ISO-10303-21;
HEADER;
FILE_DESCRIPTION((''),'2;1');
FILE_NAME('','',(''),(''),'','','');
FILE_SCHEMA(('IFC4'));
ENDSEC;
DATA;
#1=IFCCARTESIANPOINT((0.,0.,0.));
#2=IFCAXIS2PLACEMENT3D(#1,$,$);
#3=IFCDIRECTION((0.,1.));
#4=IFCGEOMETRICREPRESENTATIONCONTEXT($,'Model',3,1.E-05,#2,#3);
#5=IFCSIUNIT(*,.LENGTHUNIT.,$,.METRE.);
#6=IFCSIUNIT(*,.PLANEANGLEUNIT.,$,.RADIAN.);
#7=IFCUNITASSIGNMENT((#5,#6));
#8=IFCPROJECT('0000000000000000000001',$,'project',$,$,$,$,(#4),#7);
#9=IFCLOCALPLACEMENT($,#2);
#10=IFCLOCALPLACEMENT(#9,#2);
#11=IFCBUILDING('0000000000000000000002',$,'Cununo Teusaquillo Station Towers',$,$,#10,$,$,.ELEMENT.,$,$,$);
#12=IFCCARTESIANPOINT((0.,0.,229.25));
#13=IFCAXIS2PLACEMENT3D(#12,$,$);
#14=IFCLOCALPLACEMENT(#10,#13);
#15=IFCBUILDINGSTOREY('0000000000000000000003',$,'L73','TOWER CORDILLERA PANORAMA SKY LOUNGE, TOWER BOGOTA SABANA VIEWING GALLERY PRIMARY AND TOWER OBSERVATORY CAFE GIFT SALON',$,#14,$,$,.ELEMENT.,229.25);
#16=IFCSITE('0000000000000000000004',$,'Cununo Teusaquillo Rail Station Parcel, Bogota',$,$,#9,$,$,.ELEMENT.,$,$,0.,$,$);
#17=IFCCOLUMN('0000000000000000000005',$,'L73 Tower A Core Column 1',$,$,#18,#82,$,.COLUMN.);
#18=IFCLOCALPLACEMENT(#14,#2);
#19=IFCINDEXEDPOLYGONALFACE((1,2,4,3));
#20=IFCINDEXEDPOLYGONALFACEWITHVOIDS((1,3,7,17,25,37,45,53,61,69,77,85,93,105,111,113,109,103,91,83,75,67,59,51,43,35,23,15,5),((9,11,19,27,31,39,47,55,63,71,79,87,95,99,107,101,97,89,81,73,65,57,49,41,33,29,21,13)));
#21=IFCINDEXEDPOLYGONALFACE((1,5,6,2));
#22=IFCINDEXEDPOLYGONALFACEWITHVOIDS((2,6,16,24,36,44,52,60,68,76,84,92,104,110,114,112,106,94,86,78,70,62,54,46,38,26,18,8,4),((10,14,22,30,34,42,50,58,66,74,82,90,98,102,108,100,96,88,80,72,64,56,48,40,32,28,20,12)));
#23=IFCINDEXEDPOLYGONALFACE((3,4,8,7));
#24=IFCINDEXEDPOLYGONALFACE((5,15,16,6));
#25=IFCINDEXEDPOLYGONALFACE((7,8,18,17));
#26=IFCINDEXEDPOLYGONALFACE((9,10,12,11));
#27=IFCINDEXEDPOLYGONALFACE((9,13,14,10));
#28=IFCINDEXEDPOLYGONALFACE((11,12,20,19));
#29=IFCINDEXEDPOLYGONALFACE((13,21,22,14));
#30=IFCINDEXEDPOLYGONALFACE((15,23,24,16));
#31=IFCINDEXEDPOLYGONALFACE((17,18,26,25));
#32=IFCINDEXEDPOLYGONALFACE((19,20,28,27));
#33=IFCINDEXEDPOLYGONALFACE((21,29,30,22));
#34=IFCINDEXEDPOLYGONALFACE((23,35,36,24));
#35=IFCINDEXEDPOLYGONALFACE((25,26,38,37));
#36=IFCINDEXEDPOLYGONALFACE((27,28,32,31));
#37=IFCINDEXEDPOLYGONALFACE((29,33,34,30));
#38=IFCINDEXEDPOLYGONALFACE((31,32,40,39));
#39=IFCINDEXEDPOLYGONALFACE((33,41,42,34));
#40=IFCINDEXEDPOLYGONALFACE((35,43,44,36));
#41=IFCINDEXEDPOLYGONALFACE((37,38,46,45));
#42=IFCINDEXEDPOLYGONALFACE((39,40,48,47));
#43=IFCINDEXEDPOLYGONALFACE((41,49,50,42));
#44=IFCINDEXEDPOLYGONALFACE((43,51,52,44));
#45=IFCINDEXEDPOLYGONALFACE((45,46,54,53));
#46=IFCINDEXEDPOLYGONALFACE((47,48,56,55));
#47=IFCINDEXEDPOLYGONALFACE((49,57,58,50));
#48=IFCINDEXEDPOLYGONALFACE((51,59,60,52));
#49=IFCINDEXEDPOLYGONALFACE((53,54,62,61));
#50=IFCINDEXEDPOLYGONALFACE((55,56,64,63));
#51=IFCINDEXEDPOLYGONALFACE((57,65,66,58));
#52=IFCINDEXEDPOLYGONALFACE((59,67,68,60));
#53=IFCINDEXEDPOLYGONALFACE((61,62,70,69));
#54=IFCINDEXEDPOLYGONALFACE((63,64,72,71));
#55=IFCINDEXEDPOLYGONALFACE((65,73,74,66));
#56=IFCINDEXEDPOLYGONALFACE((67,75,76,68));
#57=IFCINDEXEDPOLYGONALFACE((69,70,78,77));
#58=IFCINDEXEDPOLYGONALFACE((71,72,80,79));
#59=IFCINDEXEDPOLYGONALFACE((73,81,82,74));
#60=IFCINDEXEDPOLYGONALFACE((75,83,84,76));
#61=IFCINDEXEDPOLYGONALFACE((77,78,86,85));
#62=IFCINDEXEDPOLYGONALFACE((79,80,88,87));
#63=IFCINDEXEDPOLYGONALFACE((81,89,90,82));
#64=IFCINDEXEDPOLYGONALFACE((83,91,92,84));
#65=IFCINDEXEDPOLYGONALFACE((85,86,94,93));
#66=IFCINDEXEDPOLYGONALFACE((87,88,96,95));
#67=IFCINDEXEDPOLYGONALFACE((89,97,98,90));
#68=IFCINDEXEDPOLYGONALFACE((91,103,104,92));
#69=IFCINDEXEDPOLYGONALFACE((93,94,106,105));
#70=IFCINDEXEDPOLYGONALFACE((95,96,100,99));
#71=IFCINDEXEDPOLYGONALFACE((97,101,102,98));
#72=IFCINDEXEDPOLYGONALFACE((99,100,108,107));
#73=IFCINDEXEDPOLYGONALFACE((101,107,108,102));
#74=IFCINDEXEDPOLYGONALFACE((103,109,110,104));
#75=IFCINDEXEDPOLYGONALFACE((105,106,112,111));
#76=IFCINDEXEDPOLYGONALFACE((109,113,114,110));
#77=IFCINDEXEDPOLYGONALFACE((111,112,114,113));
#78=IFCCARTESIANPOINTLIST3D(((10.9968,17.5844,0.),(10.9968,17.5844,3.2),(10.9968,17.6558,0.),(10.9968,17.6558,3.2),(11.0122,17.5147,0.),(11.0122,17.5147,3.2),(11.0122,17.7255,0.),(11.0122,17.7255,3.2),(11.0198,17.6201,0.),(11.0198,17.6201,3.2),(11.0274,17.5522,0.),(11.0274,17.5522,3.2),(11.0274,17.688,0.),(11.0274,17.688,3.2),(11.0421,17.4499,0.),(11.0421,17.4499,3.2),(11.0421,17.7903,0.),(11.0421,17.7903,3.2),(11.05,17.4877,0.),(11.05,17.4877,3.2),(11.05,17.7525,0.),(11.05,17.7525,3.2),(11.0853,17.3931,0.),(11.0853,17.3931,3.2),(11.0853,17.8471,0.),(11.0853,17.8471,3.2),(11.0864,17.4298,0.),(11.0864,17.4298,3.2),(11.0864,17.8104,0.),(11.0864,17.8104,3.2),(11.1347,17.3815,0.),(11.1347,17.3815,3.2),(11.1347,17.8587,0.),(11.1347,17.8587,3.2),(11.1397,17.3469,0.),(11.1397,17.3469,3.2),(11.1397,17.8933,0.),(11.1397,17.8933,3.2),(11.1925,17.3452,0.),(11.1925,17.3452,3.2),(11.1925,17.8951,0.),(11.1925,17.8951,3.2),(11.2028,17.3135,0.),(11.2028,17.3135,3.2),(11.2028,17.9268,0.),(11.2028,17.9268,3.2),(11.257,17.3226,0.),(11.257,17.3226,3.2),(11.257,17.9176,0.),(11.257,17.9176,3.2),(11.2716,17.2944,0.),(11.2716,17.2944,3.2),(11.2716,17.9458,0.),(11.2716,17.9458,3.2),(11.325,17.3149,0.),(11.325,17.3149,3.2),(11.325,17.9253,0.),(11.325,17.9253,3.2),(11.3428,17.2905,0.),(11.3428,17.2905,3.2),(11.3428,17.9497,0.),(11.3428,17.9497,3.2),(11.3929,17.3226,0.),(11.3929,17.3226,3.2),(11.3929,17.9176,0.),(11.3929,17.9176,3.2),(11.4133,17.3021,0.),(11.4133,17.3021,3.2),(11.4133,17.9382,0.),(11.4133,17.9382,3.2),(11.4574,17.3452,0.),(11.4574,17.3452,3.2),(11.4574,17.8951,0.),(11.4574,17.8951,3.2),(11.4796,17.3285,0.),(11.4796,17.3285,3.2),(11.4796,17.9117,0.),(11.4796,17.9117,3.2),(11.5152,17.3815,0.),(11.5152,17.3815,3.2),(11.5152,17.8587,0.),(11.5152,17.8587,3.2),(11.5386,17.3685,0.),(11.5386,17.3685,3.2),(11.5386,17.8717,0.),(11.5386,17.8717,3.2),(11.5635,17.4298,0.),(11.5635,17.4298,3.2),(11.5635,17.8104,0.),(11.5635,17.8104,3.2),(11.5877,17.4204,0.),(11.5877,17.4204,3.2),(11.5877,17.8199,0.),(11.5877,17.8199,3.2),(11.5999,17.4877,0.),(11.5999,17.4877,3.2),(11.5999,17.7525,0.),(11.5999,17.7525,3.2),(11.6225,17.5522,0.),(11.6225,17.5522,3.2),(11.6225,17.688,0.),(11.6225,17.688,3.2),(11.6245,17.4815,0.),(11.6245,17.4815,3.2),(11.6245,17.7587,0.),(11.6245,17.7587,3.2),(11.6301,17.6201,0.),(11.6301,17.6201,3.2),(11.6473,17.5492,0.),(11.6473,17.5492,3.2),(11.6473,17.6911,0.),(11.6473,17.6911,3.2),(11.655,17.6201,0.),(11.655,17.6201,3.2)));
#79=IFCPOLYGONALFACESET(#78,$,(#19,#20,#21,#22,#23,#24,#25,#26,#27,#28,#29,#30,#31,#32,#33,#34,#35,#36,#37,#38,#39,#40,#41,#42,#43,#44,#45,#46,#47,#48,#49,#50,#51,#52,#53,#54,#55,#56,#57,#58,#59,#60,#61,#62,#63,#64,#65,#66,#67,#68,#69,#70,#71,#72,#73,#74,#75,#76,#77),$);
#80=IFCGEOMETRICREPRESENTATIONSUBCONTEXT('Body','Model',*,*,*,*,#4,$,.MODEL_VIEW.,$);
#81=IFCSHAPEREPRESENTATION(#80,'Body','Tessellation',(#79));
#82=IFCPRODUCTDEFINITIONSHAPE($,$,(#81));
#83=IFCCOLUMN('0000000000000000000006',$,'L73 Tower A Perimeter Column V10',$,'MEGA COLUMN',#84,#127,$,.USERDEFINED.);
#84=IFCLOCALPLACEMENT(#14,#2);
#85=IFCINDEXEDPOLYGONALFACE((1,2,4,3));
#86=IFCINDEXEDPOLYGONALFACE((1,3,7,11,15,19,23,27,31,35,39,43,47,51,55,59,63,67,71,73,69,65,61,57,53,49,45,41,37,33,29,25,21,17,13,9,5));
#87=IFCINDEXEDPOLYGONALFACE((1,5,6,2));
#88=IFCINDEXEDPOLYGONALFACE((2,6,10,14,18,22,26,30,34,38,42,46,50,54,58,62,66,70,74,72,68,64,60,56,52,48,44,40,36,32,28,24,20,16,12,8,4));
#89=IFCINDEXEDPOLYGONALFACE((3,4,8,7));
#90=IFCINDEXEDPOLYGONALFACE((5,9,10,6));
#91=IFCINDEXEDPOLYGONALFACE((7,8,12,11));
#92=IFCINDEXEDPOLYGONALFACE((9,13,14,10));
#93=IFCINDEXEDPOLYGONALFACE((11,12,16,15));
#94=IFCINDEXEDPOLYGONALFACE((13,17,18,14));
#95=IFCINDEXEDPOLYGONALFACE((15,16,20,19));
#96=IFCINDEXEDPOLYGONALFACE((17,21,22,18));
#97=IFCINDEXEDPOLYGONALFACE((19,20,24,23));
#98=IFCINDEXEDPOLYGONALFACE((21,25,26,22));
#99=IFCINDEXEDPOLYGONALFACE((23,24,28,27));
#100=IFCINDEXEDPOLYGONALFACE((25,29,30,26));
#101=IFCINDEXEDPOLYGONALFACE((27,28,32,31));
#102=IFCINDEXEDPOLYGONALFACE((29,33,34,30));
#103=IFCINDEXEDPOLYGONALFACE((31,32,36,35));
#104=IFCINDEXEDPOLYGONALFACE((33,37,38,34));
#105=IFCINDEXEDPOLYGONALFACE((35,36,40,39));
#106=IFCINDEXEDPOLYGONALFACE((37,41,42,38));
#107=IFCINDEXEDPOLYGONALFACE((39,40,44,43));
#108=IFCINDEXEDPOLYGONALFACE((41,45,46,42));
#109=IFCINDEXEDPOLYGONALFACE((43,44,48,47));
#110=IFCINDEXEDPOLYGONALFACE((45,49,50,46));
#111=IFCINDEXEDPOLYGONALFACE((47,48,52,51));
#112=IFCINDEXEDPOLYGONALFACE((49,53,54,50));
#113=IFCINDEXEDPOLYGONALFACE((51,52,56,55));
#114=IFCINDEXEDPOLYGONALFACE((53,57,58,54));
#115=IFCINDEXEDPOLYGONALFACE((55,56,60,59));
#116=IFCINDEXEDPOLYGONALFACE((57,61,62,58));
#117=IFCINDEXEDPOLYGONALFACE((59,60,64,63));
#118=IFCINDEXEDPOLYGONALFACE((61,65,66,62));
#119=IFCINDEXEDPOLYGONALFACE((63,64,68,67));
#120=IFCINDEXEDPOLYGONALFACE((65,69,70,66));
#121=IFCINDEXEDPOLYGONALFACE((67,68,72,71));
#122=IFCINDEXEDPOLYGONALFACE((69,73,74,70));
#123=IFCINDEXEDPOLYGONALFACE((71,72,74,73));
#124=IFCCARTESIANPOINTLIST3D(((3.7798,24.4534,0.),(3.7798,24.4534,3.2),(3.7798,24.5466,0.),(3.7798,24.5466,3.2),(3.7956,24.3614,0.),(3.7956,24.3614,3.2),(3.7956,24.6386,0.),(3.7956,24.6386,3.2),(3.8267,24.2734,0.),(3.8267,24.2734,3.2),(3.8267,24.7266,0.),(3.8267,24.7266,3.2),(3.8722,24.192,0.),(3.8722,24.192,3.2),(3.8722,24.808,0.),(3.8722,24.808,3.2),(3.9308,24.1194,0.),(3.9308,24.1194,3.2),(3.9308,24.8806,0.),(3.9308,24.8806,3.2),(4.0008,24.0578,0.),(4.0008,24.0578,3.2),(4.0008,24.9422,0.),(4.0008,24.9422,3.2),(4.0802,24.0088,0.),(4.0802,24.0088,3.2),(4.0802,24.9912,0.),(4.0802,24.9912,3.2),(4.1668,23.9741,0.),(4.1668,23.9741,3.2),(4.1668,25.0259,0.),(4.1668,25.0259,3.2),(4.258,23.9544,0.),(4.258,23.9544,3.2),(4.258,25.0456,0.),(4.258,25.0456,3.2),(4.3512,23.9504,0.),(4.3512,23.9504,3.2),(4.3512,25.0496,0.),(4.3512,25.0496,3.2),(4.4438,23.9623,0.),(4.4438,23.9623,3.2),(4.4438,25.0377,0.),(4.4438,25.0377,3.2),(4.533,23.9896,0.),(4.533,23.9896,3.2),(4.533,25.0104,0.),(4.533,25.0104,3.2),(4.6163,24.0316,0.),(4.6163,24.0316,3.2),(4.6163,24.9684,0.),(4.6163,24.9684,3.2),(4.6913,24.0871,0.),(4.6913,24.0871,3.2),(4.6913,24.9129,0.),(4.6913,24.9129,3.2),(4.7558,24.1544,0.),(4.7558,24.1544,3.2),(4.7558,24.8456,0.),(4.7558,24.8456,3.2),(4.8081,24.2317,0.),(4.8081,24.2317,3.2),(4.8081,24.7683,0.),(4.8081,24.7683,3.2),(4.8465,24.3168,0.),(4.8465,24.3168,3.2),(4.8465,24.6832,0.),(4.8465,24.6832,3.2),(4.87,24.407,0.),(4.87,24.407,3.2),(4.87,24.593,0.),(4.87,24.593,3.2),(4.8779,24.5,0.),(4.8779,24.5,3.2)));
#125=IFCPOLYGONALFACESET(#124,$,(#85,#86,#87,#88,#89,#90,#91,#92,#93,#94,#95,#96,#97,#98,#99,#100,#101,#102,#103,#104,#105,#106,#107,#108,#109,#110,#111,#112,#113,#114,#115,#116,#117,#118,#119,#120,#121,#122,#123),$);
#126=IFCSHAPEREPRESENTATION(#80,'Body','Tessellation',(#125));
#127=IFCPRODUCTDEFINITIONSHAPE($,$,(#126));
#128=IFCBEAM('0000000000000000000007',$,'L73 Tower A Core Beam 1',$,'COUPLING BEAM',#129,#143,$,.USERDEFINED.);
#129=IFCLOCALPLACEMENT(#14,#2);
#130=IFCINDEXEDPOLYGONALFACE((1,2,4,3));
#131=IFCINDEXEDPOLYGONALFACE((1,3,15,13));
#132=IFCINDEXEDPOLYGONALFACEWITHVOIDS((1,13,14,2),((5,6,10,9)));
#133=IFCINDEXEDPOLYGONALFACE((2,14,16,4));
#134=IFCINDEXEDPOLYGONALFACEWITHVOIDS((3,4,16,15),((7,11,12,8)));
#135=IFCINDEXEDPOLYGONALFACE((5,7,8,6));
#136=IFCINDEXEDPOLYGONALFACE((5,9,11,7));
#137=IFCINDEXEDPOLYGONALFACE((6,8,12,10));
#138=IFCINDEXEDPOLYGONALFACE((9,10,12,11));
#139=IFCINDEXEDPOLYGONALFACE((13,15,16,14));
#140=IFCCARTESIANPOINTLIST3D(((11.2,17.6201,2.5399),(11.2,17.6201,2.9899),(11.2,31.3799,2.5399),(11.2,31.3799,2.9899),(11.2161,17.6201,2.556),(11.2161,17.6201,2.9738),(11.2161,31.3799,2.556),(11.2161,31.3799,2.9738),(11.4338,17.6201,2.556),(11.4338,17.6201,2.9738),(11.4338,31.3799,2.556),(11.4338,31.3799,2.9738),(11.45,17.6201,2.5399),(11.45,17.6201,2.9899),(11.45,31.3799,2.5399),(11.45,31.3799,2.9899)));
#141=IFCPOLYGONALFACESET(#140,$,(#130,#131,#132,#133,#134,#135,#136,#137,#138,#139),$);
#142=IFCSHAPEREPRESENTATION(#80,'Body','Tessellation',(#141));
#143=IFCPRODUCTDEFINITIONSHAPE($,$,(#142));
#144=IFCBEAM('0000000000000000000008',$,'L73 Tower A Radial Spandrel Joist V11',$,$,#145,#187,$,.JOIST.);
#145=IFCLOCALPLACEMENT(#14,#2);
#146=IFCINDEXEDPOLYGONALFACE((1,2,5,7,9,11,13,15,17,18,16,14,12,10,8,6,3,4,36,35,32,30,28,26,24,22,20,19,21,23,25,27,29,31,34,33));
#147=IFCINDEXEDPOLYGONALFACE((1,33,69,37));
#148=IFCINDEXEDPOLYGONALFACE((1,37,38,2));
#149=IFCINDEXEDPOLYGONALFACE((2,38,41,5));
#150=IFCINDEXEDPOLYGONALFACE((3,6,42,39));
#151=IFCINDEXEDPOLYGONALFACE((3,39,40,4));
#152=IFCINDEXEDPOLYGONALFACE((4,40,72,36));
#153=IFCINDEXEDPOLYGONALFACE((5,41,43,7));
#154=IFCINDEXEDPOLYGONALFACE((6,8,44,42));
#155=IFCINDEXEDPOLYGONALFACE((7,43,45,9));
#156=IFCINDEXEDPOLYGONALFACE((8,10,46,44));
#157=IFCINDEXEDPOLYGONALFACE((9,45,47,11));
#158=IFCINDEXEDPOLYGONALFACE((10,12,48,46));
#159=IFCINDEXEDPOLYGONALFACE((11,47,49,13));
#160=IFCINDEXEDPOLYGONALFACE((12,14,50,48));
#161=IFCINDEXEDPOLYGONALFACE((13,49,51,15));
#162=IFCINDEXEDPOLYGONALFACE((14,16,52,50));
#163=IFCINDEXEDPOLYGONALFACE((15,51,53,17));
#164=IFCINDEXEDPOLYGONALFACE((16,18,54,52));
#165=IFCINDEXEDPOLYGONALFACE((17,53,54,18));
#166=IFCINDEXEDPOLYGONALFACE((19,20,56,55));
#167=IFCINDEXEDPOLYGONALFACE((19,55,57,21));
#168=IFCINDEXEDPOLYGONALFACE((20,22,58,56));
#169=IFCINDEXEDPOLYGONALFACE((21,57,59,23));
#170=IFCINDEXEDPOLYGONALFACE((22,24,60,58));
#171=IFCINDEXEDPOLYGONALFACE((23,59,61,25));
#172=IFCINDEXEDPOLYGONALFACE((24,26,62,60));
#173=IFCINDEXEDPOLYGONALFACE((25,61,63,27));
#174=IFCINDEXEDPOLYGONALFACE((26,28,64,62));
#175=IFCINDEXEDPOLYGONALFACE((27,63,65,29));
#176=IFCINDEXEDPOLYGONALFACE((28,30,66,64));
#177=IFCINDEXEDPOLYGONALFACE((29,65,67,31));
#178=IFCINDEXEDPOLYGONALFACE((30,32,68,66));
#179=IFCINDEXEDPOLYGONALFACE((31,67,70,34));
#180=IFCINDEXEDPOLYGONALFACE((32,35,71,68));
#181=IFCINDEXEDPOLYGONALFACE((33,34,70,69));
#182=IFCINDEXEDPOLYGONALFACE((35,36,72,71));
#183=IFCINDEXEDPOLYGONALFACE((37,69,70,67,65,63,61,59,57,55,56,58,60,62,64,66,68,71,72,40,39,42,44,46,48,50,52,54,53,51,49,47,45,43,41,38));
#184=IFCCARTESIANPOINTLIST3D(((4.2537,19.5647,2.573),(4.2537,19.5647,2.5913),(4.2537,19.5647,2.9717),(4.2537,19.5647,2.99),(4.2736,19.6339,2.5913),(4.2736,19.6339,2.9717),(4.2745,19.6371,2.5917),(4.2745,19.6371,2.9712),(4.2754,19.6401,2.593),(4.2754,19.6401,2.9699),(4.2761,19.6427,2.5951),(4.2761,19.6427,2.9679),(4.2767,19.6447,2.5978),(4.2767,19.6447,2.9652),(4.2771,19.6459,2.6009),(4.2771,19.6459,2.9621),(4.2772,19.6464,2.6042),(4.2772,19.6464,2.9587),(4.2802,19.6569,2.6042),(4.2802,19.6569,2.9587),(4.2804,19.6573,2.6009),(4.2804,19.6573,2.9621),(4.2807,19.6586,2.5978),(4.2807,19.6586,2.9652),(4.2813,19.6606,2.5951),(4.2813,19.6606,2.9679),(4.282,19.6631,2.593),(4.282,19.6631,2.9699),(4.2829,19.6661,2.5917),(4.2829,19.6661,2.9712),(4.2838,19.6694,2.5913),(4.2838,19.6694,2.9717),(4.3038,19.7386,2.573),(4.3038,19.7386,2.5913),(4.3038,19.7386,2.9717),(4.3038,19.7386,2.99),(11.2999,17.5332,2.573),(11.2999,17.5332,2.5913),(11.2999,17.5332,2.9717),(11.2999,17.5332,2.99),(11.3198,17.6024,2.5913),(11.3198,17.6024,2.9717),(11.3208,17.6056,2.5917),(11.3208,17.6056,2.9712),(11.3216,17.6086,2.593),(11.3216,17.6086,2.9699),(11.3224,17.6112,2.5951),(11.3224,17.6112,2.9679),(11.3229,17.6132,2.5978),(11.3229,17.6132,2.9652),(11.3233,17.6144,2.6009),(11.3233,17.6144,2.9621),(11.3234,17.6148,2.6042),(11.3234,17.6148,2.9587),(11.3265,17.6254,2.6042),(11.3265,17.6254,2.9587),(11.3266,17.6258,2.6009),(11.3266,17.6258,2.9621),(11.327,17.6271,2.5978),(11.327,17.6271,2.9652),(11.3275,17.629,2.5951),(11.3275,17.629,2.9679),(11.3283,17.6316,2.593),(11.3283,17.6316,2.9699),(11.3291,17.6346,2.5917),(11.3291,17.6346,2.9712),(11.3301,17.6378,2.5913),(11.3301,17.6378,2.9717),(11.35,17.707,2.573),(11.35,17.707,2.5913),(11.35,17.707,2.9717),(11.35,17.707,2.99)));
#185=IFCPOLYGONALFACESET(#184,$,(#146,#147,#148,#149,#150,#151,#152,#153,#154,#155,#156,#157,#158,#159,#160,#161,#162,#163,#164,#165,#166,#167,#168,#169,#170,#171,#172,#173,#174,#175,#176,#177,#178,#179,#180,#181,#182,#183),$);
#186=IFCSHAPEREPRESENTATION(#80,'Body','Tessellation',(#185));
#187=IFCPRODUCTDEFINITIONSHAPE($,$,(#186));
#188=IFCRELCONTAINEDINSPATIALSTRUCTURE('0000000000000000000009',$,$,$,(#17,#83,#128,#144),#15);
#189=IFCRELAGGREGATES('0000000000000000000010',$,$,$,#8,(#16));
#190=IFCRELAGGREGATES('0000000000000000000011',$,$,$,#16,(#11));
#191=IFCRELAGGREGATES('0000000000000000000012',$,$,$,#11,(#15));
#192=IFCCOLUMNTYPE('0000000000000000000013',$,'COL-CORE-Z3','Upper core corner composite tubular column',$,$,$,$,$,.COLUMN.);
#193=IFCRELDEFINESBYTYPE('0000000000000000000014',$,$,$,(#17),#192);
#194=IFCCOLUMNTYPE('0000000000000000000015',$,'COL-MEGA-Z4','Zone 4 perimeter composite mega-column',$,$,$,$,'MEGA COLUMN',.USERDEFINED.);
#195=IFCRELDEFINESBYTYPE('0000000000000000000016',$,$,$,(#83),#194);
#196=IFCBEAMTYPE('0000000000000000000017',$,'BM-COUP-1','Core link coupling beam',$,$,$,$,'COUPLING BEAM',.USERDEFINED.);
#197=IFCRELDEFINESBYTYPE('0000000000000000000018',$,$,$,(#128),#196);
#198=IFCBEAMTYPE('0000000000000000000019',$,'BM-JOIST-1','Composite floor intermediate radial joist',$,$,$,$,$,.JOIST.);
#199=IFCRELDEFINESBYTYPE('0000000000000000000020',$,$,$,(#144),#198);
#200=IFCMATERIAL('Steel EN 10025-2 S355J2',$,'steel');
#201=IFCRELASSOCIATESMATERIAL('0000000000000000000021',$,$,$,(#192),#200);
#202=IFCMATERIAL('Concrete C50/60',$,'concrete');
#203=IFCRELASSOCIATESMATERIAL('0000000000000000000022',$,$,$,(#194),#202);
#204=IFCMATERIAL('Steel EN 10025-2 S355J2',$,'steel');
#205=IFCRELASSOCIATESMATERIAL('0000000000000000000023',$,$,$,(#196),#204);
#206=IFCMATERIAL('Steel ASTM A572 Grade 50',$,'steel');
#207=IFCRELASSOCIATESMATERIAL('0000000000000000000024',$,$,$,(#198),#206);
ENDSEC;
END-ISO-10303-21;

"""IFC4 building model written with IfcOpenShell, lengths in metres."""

from ifc_helpers import new_model, si_unit, direction, frame, origin, origin_2d, place, context, subcontext, project, spatial, hollow_rectangle, circle, hollow_circle, i_section, extrude, material, material_profile, profile_set, type_object, element, save


model = new_model("IFC4")

# Units and contexts
model_context = context("Model", 3, precision=1e-05, world=origin(), true_north=direction((0.0, 1.0)))
body_context = subcontext(model_context, "Body", "Model", "MODEL_VIEW")
ifc_project = project(units=[si_unit("LENGTHUNIT", "METRE"), si_unit("PLANEANGLEUNIT", "RADIAN")], contexts=[model_context])

# Site, building, storey
site_placement = place(None, origin())
site = spatial("IfcSite", under=ifc_project, at=site_placement, Name="Cununo Teusaquillo Rail Station Parcel, Bogota", CompositionType="ELEMENT", RefElevation=0.0)
building_placement = place(site_placement, origin())
building = spatial("IfcBuilding", under=site, at=building_placement, Name="Cununo Teusaquillo Station Towers", CompositionType="ELEMENT")
storey_placement = place(building_placement, frame((0.0, 0.0, 229.25)))
storey = spatial("IfcBuildingStorey", under=building, at=storey_placement, Name="L73", Description="TOWER CORDILLERA PANORAMA SKY LOUNGE, TOWER BOGOTA SABANA VIEWING GALLERY PRIMARY AND TOWER OBSERVATORY CAFE GIFT SALON", CompositionType="ELEMENT", Elevation=229.25)

# Columns
ifc_material_1 = material(Name="Steel EN 10025-2 S355J2", Category="steel")
ifc_material_profile_1 = material_profile(ifc_material_1, hollow_circle(Radius=0.3301, WallThickness=0.0249, at=origin_2d()), Name="CHS 660x25")
ifc_profile_set_1 = profile_set([ifc_material_profile_1], Name="Steel EN 10025-2 S355J2")
column_type_1 = type_object("IfcColumnType", Name="COL-CORE-Z3", Description="Upper core corner composite tubular column", PredefinedType="COLUMN", material=ifc_profile_set_1)
column_1_placement = place(storey_placement, frame((11.325, 17.6201, 0.0), z_axis=(0.0, 0.0, 1.0), x_axis=(1.0, 0.0, 0.0)))
element("IfcColumn", 1, at=column_1_placement, inside=storey, type_object=column_type_1, Name="L73 Tower A Core Column 1", PredefinedType="COLUMN", context=body_context, shape_type="SweptSolid", body=[
    extrude(hollow_circle(Radius=0.3301, WallThickness=0.0249, at=origin_2d()), origin(), (0.0, 0.0, 1.0), 3.2),
])
ifc_material_2 = material(Name="Concrete C50/60", Category="concrete")
ifc_material_profile_2 = material_profile(ifc_material_2, circle(Radius=0.55, at=origin_2d()), Name="RC-CIRC-1100")
ifc_profile_set_2 = profile_set([ifc_material_profile_2], Name="Concrete C50/60")
column_type_2 = type_object("IfcColumnType", Name="COL-MEGA-Z4", Description="Zone 4 perimeter composite mega-column", ElementType="MEGA COLUMN", PredefinedType="USERDEFINED", material=ifc_profile_set_2)
column_2_placement = place(storey_placement, frame((4.3279, 24.5, 0.0), z_axis=(0.0, 0.0, 1.0), x_axis=(1.0, 0.0, 0.0)))
element("IfcColumn", 2, at=column_2_placement, inside=storey, type_object=column_type_2, Name="L73 Tower A Perimeter Column V10", ObjectType="MEGA COLUMN", PredefinedType="USERDEFINED", context=body_context, shape_type="SweptSolid", body=[
    extrude(circle(Radius=0.55, at=origin_2d()), origin(), (0.0, 0.0, 1.0), 3.2),
])

# Beams
ifc_material_3 = material(Name="Steel EN 10025-2 S355J2", Category="steel")
ifc_material_profile_3 = material_profile(ifc_material_3, hollow_rectangle(XDim=0.25, YDim=0.45, WallThickness=0.0161, at=origin_2d()), Name="RHS 450x250x16")
ifc_profile_set_3 = profile_set([ifc_material_profile_3], Name="Steel EN 10025-2 S355J2")
beam_type_1 = type_object("IfcBeamType", Name="BM-COUP-1", Description="Core link coupling beam", ElementType="COUPLING BEAM", PredefinedType="USERDEFINED", material=ifc_profile_set_3)
beam_1_placement = place(storey_placement, frame((11.325, 17.6201, 2.7649), z_axis=(0.0, 1.0, 0.0), x_axis=(-1.0, 0.0, 0.0)))
element("IfcBeam", 3, at=beam_1_placement, inside=storey, type_object=beam_type_1, Name="L73 Tower A Core Beam 1", ObjectType="COUPLING BEAM", PredefinedType="USERDEFINED", context=body_context, shape_type="SweptSolid", body=[
    extrude(hollow_rectangle(XDim=0.25, YDim=0.45, WallThickness=0.0161, at=origin_2d()), origin(), (0.0, 0.0, 1.0), 13.7598),
])
ifc_material_4 = material(Name="Steel ASTM A572 Grade 50", Category="steel")
ifc_material_profile_4 = material_profile(ifc_material_4, i_section(OverallWidth=0.1809, OverallDepth=0.417, WebThickness=0.011, FlangeThickness=0.0183, FilletRadius=0.0129, at=origin_2d()), Name="W16X57")
ifc_profile_set_4 = profile_set([ifc_material_profile_4], Name="Steel ASTM A572 Grade 50")
beam_type_2 = type_object("IfcBeamType", Name="BM-JOIST-1", Description="Composite floor intermediate radial joist", PredefinedType="JOIST", material=ifc_profile_set_4)
beam_2_placement = place(storey_placement, frame((11.325, 17.6201, 2.7815), z_axis=(-0.960862, 0.277029, 0.0), x_axis=(-0.277029, -0.960862, 0.0)))
element("IfcBeam", 4, at=beam_2_placement, inside=storey, type_object=beam_type_2, Name="L73 Tower A Radial Spandrel Joist V11", PredefinedType="JOIST", context=body_context, shape_type="SweptSolid", body=[
    extrude(i_section(OverallWidth=0.1809, OverallDepth=0.417, WebThickness=0.011, FlangeThickness=0.0183, FilletRadius=0.0129, at=origin_2d()), origin(), (0.0, 0.0, 1.0), 7.3333),
])

save(model, "model.ifc")
